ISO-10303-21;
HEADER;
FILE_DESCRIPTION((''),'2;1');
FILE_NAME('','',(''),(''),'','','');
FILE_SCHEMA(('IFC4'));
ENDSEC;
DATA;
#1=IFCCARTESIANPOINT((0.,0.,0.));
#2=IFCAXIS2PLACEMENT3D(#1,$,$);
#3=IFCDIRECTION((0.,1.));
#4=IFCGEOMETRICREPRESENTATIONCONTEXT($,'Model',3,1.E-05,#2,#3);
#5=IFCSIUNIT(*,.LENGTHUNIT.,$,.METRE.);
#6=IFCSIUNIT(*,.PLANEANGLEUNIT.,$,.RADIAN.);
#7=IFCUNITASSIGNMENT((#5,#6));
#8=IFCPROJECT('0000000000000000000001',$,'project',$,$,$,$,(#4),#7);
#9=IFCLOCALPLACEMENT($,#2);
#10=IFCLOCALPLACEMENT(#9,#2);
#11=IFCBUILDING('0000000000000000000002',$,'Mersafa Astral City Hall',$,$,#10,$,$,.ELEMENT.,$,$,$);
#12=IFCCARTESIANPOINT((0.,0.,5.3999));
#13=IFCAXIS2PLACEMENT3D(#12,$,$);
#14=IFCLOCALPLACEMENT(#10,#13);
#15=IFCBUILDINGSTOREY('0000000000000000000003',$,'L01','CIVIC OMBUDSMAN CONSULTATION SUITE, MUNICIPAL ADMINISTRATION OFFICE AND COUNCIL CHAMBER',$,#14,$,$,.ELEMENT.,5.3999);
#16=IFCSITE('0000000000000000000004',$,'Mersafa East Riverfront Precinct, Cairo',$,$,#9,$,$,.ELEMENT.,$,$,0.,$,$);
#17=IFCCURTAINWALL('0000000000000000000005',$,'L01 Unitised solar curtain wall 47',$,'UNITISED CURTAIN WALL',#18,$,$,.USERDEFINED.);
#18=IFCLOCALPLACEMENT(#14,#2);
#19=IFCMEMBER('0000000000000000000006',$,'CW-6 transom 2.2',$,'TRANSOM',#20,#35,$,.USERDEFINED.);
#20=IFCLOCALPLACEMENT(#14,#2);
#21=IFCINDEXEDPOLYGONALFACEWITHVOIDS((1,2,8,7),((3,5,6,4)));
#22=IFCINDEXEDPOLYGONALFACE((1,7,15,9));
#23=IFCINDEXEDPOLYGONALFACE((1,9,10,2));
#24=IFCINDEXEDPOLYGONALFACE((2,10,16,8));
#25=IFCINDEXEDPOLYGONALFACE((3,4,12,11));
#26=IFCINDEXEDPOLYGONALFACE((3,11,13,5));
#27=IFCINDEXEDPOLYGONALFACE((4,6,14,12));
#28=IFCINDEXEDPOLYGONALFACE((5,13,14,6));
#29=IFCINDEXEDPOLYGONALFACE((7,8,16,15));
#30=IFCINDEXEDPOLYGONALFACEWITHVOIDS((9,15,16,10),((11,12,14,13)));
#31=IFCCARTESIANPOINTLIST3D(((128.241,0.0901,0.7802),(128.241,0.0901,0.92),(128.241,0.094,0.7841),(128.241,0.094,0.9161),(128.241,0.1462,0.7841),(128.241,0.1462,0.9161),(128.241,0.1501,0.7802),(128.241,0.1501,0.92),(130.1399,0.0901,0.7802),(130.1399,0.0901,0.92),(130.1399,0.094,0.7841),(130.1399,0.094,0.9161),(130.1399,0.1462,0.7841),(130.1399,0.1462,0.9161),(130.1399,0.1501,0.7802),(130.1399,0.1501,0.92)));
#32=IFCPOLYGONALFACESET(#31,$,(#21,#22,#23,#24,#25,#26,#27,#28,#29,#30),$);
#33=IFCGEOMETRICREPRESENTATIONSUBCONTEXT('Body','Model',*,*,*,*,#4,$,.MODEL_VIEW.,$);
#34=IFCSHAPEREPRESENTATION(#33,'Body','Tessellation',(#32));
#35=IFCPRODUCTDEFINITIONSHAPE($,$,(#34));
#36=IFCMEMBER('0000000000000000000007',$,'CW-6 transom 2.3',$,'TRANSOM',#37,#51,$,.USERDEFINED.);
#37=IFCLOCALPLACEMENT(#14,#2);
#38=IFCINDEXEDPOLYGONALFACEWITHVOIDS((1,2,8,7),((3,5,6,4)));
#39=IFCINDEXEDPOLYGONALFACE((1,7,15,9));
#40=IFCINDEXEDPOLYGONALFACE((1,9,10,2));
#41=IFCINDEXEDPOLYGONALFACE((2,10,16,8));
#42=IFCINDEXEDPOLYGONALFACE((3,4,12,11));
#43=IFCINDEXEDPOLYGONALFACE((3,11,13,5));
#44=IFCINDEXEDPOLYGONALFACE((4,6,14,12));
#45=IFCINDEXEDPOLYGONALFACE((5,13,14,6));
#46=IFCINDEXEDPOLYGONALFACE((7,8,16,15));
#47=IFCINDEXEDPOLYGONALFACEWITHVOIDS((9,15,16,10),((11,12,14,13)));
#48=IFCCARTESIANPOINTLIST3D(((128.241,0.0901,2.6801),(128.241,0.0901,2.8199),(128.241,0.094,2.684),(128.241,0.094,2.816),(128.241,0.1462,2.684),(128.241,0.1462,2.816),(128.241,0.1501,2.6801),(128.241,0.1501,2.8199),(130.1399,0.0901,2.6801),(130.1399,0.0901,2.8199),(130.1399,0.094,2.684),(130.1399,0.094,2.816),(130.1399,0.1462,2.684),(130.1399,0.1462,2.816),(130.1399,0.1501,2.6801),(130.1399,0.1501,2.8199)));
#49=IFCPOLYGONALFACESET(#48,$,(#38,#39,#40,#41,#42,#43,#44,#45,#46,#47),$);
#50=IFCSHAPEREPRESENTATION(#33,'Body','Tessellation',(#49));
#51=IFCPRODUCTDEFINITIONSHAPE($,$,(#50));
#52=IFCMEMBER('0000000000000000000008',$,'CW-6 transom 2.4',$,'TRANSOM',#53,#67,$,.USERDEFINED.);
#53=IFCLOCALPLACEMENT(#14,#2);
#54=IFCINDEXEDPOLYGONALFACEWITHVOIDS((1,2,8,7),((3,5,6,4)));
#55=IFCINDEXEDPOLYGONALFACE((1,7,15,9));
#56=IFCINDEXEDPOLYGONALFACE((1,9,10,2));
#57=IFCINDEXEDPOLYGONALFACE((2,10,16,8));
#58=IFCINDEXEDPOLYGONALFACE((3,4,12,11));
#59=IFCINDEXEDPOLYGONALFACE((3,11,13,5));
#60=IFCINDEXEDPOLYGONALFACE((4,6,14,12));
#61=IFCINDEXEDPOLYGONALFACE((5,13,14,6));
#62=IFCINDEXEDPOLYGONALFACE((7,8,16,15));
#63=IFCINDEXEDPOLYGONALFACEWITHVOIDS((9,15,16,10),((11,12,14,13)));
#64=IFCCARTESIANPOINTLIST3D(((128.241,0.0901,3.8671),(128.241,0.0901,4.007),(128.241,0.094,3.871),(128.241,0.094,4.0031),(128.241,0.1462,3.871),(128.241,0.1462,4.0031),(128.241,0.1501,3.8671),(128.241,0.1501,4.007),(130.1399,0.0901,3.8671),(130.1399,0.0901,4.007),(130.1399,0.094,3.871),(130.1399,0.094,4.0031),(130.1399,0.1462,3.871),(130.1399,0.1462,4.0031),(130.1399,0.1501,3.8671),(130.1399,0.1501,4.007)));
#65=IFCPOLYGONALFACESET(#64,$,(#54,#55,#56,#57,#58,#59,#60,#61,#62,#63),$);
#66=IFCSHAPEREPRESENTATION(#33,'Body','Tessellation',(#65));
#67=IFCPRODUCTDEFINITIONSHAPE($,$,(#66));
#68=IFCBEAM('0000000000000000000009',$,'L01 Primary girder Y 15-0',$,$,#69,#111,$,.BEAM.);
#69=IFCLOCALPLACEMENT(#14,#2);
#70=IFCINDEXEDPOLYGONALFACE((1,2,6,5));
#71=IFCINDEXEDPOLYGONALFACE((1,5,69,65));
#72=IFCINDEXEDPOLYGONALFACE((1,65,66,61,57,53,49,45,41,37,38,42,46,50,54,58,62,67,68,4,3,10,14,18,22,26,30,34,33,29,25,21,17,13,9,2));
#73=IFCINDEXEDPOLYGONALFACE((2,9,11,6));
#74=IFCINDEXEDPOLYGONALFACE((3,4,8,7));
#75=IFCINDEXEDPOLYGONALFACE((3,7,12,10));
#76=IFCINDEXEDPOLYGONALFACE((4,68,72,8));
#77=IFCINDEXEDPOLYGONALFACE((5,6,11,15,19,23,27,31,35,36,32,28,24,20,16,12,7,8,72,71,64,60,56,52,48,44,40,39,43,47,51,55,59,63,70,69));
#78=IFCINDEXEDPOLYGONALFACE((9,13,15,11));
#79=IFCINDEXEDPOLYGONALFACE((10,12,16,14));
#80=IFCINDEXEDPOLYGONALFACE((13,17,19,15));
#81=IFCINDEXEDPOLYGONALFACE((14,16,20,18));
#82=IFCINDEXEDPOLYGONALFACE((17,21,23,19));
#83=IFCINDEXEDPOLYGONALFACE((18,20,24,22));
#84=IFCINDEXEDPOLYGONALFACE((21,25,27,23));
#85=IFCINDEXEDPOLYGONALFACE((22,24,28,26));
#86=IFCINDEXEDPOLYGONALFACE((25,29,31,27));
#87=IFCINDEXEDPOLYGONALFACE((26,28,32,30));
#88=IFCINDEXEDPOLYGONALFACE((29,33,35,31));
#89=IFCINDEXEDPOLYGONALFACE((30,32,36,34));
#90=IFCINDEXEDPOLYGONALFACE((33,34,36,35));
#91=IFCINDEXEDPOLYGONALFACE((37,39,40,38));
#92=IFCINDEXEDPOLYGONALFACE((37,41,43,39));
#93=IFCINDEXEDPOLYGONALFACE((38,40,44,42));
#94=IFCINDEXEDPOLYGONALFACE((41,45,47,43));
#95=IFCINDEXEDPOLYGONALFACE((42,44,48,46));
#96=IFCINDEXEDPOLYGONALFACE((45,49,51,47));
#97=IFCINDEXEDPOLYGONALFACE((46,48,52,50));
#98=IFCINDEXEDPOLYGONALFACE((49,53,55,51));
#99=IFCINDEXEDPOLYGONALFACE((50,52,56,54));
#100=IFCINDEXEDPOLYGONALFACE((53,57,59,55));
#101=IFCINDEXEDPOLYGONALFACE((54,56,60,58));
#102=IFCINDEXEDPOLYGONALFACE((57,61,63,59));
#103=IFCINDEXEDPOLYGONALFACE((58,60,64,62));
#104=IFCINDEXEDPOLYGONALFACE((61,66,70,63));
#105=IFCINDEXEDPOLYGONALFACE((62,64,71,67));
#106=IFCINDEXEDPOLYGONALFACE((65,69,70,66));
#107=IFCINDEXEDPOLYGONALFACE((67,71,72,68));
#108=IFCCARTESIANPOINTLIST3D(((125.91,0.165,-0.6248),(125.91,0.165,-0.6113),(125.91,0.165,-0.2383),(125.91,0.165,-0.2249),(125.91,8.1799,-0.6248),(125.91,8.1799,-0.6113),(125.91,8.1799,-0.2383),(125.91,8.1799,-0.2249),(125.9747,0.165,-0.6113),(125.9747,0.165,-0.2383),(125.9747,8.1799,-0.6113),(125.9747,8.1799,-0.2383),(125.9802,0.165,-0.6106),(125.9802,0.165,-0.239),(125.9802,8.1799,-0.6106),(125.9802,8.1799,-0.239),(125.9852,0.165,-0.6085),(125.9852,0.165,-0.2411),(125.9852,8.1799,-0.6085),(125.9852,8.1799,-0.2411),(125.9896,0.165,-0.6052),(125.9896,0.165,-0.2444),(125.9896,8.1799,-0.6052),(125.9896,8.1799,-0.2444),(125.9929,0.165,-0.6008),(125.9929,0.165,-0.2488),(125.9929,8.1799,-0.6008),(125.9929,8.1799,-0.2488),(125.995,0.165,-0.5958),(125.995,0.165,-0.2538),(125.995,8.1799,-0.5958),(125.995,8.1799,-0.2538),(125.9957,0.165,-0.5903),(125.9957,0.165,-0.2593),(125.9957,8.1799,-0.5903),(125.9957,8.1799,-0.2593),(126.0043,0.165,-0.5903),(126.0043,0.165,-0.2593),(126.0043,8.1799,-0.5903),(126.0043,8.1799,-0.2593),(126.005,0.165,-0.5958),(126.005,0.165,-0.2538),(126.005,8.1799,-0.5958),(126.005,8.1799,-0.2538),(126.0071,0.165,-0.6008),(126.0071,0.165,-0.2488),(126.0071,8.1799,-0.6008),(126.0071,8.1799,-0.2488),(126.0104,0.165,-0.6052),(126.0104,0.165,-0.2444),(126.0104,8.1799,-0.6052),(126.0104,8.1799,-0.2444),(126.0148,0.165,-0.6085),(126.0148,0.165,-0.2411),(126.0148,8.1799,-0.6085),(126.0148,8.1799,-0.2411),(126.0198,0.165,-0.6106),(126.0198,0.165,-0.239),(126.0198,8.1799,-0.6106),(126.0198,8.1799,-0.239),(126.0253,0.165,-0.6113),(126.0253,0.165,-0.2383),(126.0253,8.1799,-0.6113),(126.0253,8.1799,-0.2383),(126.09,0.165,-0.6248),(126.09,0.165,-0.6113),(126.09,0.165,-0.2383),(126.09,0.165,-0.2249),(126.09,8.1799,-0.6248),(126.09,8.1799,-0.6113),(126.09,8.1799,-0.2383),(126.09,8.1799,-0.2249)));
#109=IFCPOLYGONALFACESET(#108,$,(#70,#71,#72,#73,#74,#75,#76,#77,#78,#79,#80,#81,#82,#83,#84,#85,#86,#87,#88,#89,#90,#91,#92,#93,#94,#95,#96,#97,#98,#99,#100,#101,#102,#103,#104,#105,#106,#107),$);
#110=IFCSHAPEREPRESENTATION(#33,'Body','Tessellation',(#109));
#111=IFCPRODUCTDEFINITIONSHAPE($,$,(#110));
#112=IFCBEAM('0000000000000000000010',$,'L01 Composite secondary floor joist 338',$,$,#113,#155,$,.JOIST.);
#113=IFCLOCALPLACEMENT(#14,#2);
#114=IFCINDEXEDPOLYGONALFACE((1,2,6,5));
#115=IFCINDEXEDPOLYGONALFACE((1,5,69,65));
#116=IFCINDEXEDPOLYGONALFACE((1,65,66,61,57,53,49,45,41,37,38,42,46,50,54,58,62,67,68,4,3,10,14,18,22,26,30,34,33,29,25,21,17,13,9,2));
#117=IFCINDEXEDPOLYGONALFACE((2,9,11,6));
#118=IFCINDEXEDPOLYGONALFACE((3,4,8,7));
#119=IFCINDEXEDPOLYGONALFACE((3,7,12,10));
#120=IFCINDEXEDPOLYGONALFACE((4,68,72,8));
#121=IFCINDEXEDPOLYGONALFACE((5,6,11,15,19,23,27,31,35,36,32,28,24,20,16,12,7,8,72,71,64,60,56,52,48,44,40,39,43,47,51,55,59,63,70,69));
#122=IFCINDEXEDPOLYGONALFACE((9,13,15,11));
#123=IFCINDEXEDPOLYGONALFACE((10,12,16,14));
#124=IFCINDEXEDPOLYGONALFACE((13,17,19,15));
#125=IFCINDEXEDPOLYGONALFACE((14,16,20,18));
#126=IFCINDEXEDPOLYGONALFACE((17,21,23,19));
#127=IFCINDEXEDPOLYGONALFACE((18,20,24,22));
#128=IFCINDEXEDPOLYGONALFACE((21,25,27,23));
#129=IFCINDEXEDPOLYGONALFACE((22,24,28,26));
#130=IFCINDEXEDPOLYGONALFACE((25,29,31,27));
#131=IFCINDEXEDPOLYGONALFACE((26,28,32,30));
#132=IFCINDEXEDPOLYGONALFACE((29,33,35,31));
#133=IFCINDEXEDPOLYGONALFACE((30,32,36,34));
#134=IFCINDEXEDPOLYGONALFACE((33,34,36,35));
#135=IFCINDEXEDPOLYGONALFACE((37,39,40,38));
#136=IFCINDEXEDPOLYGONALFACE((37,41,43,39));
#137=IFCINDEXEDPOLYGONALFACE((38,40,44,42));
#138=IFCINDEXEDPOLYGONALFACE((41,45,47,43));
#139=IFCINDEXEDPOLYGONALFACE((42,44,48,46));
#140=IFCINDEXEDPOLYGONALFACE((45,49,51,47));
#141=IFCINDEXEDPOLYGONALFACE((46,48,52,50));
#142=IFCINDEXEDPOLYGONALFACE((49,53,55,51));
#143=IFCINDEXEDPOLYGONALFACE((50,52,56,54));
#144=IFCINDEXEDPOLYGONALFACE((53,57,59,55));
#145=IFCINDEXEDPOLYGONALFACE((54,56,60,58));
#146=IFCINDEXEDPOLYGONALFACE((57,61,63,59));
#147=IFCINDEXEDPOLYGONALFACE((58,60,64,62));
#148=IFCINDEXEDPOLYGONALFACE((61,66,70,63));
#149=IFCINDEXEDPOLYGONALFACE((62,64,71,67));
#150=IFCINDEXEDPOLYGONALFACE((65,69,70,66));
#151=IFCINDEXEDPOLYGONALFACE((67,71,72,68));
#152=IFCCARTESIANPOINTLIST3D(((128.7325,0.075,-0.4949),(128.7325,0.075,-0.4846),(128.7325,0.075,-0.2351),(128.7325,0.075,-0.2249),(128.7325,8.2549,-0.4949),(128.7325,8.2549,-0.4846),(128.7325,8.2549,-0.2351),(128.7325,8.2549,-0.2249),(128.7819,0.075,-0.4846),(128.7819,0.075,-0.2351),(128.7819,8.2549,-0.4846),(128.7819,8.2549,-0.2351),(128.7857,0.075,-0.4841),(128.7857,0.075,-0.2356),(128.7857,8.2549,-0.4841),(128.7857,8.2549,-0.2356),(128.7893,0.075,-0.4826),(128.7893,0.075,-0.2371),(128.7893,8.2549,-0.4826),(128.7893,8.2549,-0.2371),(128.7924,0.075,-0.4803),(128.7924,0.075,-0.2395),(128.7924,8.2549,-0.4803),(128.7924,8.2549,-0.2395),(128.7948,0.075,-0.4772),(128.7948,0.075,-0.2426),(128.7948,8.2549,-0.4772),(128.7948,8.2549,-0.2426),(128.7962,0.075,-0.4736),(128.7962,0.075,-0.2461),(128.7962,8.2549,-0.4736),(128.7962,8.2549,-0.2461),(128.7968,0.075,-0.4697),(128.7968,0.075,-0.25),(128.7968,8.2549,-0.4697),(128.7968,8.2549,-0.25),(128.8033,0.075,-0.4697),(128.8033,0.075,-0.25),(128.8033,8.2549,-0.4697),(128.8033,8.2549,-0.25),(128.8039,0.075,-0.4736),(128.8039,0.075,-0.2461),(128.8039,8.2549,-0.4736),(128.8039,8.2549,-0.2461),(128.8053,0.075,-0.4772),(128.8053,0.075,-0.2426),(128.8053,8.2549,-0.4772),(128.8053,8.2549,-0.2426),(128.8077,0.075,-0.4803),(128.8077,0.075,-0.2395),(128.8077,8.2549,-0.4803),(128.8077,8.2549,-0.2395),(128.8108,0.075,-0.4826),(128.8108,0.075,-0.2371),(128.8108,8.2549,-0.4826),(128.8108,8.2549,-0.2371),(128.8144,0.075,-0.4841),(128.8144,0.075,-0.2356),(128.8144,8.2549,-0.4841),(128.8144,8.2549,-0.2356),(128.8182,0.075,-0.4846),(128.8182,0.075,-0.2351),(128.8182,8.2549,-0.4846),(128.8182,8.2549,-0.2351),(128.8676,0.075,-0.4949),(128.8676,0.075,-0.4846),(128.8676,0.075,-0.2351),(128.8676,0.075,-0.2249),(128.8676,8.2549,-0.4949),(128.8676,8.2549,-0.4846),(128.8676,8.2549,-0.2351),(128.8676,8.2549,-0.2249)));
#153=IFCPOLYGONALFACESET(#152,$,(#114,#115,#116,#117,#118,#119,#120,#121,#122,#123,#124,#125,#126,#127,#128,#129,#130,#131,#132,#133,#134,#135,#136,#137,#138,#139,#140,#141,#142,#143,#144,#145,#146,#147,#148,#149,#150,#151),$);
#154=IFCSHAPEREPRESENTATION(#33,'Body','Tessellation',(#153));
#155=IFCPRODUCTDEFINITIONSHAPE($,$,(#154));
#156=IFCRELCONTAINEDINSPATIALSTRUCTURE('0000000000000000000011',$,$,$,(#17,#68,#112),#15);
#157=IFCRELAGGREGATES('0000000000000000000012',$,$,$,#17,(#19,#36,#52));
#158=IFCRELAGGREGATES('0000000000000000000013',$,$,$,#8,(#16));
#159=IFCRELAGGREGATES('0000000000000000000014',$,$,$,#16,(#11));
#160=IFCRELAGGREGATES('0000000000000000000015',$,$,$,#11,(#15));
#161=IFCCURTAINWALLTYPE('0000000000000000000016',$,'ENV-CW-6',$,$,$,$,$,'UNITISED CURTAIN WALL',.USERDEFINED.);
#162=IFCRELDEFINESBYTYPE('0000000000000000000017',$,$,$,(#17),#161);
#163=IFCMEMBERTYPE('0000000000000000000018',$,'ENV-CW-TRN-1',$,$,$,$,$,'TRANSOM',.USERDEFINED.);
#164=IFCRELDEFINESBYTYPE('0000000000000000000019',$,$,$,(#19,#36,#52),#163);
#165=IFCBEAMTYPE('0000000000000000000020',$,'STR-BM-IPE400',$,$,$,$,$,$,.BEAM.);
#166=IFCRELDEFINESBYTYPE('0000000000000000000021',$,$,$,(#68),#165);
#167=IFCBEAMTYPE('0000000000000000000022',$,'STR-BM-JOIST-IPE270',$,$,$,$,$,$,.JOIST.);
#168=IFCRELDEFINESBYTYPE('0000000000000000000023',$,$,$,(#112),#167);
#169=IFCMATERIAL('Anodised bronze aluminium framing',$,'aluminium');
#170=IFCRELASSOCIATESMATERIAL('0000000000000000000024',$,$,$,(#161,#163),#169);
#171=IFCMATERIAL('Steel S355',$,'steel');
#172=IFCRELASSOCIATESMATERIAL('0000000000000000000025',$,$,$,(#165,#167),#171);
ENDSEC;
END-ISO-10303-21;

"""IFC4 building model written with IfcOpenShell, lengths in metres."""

from ifc_helpers import new_model, si_unit, direction, frame, origin, origin_2d, place, context, subcontext, project, spatial, hollow_rectangle, i_section, extrude, material, material_profile, profile_set, type_object, element, aggregate, save


model = new_model("IFC4")

# Units and contexts
model_context = context("Model", 3, precision=1e-05, world=origin(), true_north=direction((0.0, 1.0)))
body_context = subcontext(model_context, "Body", "Model", "MODEL_VIEW")
ifc_project = project(units=[si_unit("LENGTHUNIT", "METRE"), si_unit("PLANEANGLEUNIT", "RADIAN")], contexts=[model_context])

# Site, building, storey
site_placement = place(None, origin())
site = spatial("IfcSite", under=ifc_project, at=site_placement, Name="Mersafa East Riverfront Precinct, Cairo", CompositionType="ELEMENT", RefElevation=0.0)
building_placement = place(site_placement, origin())
building = spatial("IfcBuilding", under=site, at=building_placement, Name="Mersafa Astral City Hall", CompositionType="ELEMENT")
storey_placement = place(building_placement, frame((0.0, 0.0, 5.3999)))
storey = spatial("IfcBuildingStorey", under=building, at=storey_placement, Name="L01", Description="CIVIC OMBUDSMAN CONSULTATION SUITE, MUNICIPAL ADMINISTRATION OFFICE AND COUNCIL CHAMBER", CompositionType="ELEMENT", Elevation=5.3999)

# Shared definitions
ifc_material_1 = material(Name="Steel S355", Category="steel")

# Shared definitions
ifc_material_2 = material(Name="Anodised bronze aluminium framing", Category="aluminium")

# Curtain wall, members
curtain_wall_type_1 = type_object("IfcCurtainWallType", Name="ENV-CW-6", ElementType="UNITISED CURTAIN WALL", PredefinedType="USERDEFINED", material=ifc_material_2)
curtain_wall_1_placement = place(storey_placement, origin())
curtain_wall_1 = element("IfcCurtainWall", 1, at=curtain_wall_1_placement, inside=storey, type_object=curtain_wall_type_1, Name="L01 Unitised solar curtain wall 47", ObjectType="UNITISED CURTAIN WALL", PredefinedType="USERDEFINED")
ifc_material_profile_1 = material_profile(ifc_material_2, hollow_rectangle(XDim=0.0601, YDim=0.1399, WallThickness=0.0039, at=origin_2d()), Name="RHS 60x140x4")
ifc_profile_set_1 = profile_set([ifc_material_profile_1], Name="Anodised bronze aluminium framing")
member_type_1 = type_object("IfcMemberType", Name="ENV-CW-TRN-1", ElementType="TRANSOM", PredefinedType="USERDEFINED", material=ifc_profile_set_1)
member_1_placement = place(storey_placement, frame((128.241, 0.1201, 0.8501), z_axis=(1.0, 0.0, 0.0), x_axis=(0.0, 1.0, 0.0)))
member_1 = element("IfcMember", 2, at=member_1_placement, type_object=member_type_1, Name="CW-6 transom 2.2", ObjectType="TRANSOM", PredefinedType="USERDEFINED", context=body_context, shape_type="SweptSolid", body=[
    extrude(hollow_rectangle(XDim=0.0601, YDim=0.1399, WallThickness=0.0039, at=origin_2d()), origin(), (0.0, 0.0, 1.0), 1.8989),
])
member_2_placement = place(storey_placement, frame((128.241, 0.1201, 2.75), z_axis=(1.0, 0.0, 0.0), x_axis=(0.0, 1.0, 0.0)))
member_2 = element("IfcMember", 3, at=member_2_placement, type_object=member_type_1, Name="CW-6 transom 2.3", ObjectType="TRANSOM", PredefinedType="USERDEFINED", context=body_context, shape_type="SweptSolid", body=[
    extrude(hollow_rectangle(XDim=0.0601, YDim=0.1399, WallThickness=0.0039, at=origin_2d()), origin(), (0.0, 0.0, 1.0), 1.8989),
])
member_3_placement = place(storey_placement, frame((128.241, 0.1201, 3.937), z_axis=(1.0, 0.0, 0.0), x_axis=(0.0, 1.0, 0.0)))
member_3 = element("IfcMember", 4, at=member_3_placement, type_object=member_type_1, Name="CW-6 transom 2.4", ObjectType="TRANSOM", PredefinedType="USERDEFINED", context=body_context, shape_type="SweptSolid", body=[
    extrude(hollow_rectangle(XDim=0.0601, YDim=0.1399, WallThickness=0.0039, at=origin_2d()), origin(), (0.0, 0.0, 1.0), 1.8989),
])

# Beams
ifc_material_profile_2 = material_profile(ifc_material_1, i_section(OverallWidth=0.1799, OverallDepth=0.3999, WebThickness=0.0085, FlangeThickness=0.0134, FilletRadius=0.021, at=origin_2d()), Name="IPE 400")
ifc_profile_set_2 = profile_set([ifc_material_profile_2], Name="Steel S355")
beam_type_1 = type_object("IfcBeamType", Name="STR-BM-IPE400", PredefinedType="BEAM", material=ifc_profile_set_2)
beam_1_placement = place(storey_placement, frame((126.0, 0.165, -0.4248), z_axis=(0.0, 1.0, 0.0), x_axis=(-1.0, 0.0, 0.0)))
element("IfcBeam", 5, at=beam_1_placement, inside=storey, type_object=beam_type_1, Name="L01 Primary girder Y 15-0", PredefinedType="BEAM", context=body_context, shape_type="SweptSolid", body=[
    extrude(i_section(OverallWidth=0.1799, OverallDepth=0.3999, WebThickness=0.0085, FlangeThickness=0.0134, FilletRadius=0.021, at=origin_2d()), origin(), (0.0, 0.0, 1.0), 8.0149),
])
ifc_material_profile_3 = material_profile(ifc_material_1, i_section(OverallWidth=0.135, OverallDepth=0.27, WebThickness=0.0066, FlangeThickness=0.0103, FilletRadius=0.0149, at=origin_2d()), Name="IPE 270")
ifc_profile_set_3 = profile_set([ifc_material_profile_3], Name="Steel S355")
beam_type_2 = type_object("IfcBeamType", Name="STR-BM-JOIST-IPE270", PredefinedType="JOIST", material=ifc_profile_set_3)
beam_2_placement = place(storey_placement, frame((128.8, 0.075, -0.3599), z_axis=(0.0, 1.0, 0.0), x_axis=(-1.0, 0.0, 0.0)))
element("IfcBeam", 6, at=beam_2_placement, inside=storey, type_object=beam_type_2, Name="L01 Composite secondary floor joist 338", PredefinedType="JOIST", context=body_context, shape_type="SweptSolid", body=[
    extrude(i_section(OverallWidth=0.135, OverallDepth=0.27, WebThickness=0.0066, FlangeThickness=0.0103, FilletRadius=0.0149, at=origin_2d()), origin(), (0.0, 0.0, 1.0), 8.1799),
])

aggregate(curtain_wall_1, [member_1, member_2, member_3])

save(model, "model.ifc")
